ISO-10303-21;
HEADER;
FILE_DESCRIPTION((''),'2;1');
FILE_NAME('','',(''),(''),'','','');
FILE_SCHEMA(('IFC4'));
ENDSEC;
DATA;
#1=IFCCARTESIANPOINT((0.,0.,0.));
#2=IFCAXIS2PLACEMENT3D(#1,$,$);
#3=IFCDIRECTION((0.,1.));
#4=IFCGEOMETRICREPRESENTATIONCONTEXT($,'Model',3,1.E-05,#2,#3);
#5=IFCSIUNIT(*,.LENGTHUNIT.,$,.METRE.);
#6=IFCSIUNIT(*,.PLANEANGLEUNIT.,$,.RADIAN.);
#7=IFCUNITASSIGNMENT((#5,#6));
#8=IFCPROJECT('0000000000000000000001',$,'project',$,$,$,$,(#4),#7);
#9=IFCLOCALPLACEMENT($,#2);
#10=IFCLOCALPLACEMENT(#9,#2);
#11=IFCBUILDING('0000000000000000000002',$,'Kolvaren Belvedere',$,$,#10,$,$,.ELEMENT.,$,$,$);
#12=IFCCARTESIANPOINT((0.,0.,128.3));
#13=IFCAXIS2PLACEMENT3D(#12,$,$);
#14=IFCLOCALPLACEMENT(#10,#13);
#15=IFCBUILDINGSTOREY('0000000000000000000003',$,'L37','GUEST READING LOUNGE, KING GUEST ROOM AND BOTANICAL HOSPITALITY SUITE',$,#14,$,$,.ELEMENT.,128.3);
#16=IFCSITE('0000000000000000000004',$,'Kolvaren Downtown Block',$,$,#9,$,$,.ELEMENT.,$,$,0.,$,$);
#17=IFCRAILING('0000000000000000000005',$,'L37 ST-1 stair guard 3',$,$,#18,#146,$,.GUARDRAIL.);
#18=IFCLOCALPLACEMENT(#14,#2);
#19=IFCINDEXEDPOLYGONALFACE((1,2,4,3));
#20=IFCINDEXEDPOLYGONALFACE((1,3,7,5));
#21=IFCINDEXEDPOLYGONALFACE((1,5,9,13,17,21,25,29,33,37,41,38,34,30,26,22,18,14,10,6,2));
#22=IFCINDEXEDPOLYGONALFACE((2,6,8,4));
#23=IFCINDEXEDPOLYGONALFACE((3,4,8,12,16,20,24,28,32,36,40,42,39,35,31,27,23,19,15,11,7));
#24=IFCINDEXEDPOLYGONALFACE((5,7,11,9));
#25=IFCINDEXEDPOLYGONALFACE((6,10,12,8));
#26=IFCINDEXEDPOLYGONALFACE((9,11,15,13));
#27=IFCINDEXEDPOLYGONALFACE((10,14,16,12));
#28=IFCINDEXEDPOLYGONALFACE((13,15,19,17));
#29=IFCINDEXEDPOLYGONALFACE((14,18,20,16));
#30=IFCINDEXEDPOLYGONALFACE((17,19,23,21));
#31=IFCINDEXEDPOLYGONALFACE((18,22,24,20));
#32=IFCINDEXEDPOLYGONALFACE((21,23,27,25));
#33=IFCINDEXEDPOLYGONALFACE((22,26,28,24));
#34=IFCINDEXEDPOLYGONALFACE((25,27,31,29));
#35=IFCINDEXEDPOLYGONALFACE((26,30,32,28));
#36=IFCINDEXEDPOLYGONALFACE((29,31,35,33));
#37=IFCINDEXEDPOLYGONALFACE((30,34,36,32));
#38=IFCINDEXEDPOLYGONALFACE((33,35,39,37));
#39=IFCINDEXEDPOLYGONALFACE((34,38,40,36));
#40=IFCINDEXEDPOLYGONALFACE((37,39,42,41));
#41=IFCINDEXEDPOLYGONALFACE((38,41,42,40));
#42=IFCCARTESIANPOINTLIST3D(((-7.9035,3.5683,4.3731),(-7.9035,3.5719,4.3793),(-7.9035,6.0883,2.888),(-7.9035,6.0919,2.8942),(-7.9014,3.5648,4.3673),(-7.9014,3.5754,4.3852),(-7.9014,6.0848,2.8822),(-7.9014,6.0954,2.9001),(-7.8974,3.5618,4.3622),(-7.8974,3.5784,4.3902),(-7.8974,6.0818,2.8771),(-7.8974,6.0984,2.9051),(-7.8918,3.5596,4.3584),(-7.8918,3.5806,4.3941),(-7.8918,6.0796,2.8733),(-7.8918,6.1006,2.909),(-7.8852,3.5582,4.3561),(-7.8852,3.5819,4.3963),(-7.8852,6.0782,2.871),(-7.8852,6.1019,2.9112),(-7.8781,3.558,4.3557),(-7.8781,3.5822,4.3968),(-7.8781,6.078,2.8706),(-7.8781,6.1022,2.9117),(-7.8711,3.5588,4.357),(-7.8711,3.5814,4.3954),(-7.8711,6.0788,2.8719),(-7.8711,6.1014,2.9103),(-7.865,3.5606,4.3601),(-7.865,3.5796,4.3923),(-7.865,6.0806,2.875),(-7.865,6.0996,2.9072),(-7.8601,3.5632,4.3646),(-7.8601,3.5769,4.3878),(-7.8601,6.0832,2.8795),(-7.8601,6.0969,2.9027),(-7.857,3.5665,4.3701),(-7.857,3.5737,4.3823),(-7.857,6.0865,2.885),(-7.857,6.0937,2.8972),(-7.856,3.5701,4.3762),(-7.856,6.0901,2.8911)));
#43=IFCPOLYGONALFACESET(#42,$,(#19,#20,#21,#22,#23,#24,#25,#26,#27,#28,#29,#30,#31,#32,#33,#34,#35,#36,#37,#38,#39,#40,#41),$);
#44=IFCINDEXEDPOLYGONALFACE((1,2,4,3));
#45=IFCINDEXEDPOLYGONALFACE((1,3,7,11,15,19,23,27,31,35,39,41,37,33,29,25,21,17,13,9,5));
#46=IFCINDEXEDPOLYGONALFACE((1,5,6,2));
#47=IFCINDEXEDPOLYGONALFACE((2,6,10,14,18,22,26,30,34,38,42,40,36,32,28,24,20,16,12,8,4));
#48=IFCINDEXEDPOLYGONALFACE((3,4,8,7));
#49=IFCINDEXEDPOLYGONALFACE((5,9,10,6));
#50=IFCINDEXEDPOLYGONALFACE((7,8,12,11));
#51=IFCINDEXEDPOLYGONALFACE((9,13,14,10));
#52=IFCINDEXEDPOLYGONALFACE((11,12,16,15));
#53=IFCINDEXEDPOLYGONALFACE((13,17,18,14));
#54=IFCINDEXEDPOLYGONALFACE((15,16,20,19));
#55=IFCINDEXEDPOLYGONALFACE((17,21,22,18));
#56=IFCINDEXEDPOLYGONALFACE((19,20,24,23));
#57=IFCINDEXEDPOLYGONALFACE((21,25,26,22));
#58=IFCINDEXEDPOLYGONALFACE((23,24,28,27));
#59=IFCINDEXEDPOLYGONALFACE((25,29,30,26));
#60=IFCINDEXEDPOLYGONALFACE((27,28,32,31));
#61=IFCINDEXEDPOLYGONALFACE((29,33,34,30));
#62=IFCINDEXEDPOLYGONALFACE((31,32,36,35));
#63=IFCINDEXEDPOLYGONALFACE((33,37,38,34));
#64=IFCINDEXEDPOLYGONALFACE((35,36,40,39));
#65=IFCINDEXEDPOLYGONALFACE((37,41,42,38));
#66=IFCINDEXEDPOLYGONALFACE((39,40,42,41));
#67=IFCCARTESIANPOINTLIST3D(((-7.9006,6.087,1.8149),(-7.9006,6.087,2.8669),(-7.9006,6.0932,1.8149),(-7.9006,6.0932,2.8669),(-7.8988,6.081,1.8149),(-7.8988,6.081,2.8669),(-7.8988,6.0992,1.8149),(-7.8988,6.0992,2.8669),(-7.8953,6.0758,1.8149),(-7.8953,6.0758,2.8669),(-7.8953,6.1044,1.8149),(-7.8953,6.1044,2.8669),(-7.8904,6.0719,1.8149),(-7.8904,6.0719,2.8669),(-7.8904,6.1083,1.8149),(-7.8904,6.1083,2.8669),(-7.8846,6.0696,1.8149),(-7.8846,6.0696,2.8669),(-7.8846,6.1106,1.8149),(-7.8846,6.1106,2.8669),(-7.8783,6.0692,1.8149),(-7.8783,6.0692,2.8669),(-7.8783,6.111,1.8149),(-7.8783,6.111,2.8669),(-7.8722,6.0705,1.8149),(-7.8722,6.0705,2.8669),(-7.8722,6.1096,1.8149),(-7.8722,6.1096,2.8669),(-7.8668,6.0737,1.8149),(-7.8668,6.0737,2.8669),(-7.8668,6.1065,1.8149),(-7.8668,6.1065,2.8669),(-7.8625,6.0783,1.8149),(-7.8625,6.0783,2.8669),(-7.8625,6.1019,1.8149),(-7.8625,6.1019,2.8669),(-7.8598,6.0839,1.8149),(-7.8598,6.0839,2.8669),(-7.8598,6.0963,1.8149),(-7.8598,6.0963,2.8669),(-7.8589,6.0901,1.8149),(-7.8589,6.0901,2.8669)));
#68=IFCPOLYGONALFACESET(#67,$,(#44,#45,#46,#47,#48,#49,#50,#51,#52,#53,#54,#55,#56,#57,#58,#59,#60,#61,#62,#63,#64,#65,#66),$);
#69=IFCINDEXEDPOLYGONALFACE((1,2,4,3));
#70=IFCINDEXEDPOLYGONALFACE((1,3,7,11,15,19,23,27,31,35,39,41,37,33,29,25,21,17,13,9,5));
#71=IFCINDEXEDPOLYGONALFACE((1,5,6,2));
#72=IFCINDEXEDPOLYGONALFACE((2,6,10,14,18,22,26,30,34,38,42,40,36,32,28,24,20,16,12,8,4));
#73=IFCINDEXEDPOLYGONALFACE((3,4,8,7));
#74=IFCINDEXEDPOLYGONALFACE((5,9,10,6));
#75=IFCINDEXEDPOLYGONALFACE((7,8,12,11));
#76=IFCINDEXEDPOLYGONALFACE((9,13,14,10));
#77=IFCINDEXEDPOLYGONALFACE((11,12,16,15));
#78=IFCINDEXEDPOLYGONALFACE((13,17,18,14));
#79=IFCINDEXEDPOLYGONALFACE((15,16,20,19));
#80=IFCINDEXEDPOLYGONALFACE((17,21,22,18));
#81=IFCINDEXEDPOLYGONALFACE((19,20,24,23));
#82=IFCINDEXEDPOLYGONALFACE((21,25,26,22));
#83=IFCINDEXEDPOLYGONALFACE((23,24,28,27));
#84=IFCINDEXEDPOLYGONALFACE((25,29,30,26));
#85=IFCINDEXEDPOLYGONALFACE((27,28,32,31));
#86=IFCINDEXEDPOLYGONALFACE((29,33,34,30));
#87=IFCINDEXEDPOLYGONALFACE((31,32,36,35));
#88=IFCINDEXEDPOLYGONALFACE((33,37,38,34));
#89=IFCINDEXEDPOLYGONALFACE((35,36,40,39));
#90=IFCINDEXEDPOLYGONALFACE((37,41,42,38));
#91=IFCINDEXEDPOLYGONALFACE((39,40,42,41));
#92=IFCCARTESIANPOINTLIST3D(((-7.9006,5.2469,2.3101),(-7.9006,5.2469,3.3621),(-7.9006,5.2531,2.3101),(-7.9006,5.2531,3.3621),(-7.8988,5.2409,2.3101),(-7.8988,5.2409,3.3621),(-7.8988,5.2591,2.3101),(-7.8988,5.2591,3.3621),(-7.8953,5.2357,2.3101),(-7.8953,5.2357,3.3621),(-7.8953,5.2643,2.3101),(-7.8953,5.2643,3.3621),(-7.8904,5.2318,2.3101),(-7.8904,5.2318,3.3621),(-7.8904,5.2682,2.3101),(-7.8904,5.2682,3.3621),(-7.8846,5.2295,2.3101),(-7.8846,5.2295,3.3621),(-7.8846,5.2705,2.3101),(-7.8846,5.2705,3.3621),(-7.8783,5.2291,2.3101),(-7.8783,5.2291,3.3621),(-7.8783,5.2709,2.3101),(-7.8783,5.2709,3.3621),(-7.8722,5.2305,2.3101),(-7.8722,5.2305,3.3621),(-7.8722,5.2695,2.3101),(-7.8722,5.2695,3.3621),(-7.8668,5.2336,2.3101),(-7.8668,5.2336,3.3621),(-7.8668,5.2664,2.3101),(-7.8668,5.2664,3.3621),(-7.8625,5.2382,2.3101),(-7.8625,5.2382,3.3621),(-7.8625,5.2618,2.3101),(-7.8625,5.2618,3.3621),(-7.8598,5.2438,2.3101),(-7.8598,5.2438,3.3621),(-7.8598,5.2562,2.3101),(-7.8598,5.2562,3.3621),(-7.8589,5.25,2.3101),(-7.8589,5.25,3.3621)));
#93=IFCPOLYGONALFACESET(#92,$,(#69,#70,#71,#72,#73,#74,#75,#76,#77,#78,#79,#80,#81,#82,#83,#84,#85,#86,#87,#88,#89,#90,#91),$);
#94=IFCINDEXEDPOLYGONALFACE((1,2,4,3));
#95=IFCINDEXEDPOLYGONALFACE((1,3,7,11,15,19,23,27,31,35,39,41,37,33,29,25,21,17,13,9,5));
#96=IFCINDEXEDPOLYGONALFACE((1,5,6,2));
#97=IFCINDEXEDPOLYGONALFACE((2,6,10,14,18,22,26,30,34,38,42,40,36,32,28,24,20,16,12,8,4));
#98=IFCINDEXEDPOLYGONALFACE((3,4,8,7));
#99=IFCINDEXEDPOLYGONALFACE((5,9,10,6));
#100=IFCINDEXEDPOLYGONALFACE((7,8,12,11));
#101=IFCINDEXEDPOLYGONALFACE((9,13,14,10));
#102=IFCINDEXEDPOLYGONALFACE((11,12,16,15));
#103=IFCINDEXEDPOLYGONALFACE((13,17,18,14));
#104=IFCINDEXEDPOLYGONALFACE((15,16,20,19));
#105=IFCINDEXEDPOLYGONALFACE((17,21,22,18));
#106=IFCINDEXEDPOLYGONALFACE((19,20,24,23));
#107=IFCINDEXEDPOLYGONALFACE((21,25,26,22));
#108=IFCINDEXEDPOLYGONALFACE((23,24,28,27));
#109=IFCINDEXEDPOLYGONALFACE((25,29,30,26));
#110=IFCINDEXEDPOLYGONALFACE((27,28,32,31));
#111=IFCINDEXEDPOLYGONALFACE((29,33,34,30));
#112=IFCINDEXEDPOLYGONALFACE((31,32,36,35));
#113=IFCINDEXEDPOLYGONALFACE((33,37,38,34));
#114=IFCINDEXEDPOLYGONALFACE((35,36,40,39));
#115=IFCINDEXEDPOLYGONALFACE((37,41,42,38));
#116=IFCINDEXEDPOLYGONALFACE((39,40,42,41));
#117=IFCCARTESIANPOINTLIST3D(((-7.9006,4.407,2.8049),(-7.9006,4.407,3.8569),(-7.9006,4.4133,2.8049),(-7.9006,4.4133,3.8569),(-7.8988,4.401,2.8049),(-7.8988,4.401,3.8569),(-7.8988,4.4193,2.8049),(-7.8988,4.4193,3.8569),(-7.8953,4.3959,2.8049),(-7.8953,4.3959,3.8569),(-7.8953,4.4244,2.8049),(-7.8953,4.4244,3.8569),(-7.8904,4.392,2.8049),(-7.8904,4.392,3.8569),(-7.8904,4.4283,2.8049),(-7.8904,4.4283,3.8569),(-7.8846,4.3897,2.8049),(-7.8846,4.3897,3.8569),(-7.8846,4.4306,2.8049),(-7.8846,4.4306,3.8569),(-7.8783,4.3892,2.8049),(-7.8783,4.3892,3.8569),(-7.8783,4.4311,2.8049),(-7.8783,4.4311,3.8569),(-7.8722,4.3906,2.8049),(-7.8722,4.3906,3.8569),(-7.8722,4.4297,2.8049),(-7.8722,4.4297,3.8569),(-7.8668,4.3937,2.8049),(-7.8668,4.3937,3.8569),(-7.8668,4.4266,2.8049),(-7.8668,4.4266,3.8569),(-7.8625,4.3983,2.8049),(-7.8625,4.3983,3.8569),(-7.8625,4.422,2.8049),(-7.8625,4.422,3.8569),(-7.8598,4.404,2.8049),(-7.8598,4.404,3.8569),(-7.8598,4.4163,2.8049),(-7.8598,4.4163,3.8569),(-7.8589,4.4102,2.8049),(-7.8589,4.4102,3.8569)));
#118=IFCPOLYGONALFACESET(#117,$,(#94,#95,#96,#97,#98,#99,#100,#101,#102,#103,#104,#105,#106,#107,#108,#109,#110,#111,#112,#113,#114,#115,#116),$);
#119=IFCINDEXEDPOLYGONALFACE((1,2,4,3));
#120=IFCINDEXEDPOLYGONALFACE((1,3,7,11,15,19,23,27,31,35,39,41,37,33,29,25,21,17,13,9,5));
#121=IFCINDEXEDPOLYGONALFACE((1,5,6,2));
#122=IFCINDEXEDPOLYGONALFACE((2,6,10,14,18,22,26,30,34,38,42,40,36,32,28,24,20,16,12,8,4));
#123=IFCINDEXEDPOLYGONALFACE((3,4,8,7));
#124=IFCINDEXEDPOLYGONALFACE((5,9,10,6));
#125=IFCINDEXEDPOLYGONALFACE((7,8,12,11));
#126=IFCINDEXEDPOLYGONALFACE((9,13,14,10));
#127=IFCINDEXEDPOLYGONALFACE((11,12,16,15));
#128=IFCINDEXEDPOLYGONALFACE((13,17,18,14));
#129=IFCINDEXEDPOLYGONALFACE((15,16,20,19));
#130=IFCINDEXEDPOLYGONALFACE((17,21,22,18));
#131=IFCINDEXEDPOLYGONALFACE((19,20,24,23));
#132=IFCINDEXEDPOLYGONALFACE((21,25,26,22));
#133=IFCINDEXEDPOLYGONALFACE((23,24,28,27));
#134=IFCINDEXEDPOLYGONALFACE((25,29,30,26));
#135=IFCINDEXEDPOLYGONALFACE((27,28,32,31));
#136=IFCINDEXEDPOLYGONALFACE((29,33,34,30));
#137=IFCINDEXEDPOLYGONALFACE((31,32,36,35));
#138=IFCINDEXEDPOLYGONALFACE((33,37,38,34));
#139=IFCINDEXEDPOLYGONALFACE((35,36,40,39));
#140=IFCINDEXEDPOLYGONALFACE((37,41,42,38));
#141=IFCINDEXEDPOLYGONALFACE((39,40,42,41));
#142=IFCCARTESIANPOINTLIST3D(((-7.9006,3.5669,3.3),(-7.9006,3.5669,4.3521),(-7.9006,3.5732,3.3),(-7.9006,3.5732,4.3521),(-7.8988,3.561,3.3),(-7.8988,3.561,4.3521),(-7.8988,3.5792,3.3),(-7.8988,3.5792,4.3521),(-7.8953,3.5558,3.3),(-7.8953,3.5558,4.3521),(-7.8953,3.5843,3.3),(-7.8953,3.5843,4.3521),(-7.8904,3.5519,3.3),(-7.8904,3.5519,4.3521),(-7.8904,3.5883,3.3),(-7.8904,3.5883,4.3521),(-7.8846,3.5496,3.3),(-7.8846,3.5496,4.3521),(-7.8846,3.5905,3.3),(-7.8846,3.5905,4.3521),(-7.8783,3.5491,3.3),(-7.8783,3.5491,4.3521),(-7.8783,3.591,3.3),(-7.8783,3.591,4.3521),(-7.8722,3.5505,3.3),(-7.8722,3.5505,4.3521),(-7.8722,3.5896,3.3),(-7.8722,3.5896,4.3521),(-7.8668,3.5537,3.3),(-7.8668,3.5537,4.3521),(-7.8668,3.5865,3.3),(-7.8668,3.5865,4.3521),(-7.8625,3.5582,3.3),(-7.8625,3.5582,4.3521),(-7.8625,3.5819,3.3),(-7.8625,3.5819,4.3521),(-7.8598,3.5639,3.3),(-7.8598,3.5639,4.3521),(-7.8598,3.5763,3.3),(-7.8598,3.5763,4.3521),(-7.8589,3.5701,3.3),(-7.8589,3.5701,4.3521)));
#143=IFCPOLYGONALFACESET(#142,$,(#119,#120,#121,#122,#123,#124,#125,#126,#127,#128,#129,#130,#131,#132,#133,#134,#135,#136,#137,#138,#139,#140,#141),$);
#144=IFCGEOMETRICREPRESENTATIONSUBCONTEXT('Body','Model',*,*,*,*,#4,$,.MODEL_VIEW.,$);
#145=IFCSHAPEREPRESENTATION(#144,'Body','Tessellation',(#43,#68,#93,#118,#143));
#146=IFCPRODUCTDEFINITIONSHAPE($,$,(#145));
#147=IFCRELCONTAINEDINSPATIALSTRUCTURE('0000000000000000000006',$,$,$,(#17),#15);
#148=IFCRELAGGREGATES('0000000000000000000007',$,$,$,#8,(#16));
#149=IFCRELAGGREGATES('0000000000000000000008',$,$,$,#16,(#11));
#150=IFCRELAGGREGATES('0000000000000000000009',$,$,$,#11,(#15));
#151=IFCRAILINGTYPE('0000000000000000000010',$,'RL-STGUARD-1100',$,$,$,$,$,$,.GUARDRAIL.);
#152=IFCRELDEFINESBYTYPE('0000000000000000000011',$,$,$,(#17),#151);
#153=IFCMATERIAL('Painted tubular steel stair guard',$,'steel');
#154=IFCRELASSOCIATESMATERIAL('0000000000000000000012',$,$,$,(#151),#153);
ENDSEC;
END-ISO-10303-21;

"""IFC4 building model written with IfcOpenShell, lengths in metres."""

from ifc_helpers import new_model, si_unit, direction, frame, origin, origin_2d, place, context, subcontext, project, spatial, circle, extrude, material, type_object, element, save


model = new_model("IFC4")

# Units and contexts
model_context = context("Model", 3, precision=1e-05, world=origin(), true_north=direction((0.0, 1.0)))
body_context = subcontext(model_context, "Body", "Model", "MODEL_VIEW")
ifc_project = project(units=[si_unit("LENGTHUNIT", "METRE"), si_unit("PLANEANGLEUNIT", "RADIAN")], contexts=[model_context])

# Site, building, storey
site_placement = place(None, origin())
site = spatial("IfcSite", under=ifc_project, at=site_placement, Name="Kolvaren Downtown Block", CompositionType="ELEMENT", RefElevation=0.0)
building_placement = place(site_placement, origin())
building = spatial("IfcBuilding", under=site, at=building_placement, Name="Kolvaren Belvedere", CompositionType="ELEMENT")
storey_placement = place(building_placement, frame((0.0, 0.0, 128.3)))
storey = spatial("IfcBuildingStorey", under=building, at=storey_placement, Name="L37", Description="GUEST READING LOUNGE, KING GUEST ROOM AND BOTANICAL HOSPITALITY SUITE", CompositionType="ELEMENT", Elevation=128.3)

# Railing
ifc_material_1 = material(Name="Painted tubular steel stair guard", Category="steel")
railing_type_1 = type_object("IfcRailingType", Name="RL-STGUARD-1100", PredefinedType="GUARDRAIL", material=ifc_material_1)
railing_1_placement = place(storey_placement, frame((-7.8799, 6.0901, 1.8149)))
element("IfcRailing", 1, at=railing_1_placement, inside=storey, type_object=railing_type_1, Name="L37 ST-1 stair guard 3", PredefinedType="GUARDRAIL", context=body_context, shape_type="SweptSolid", body=[
    extrude(circle(Radius=0.0239, at=origin_2d()), frame((0.0, 0.0, 1.0762), z_axis=(0.0, -0.861524, 0.507717), x_axis=(1.0, 0.0, 0.0)), (0.0, 0.0, 1.0), 2.925),
    extrude(circle(Radius=0.021, at=origin_2d()), origin(), (0.0, 0.0, 1.0), 1.052),
    extrude(circle(Radius=0.021, at=origin_2d()), frame((0.0, -0.8401, 0.4951)), (0.0, 0.0, 1.0), 1.052),
    extrude(circle(Radius=0.021, at=origin_2d()), frame((0.0, -1.6799, 0.99)), (0.0, 0.0, 1.0), 1.052),
    extrude(circle(Radius=0.021, at=origin_2d()), frame((0.0, -2.52, 1.4851)), (0.0, 0.0, 1.0), 1.052),
])

save(model, "model.ifc")
